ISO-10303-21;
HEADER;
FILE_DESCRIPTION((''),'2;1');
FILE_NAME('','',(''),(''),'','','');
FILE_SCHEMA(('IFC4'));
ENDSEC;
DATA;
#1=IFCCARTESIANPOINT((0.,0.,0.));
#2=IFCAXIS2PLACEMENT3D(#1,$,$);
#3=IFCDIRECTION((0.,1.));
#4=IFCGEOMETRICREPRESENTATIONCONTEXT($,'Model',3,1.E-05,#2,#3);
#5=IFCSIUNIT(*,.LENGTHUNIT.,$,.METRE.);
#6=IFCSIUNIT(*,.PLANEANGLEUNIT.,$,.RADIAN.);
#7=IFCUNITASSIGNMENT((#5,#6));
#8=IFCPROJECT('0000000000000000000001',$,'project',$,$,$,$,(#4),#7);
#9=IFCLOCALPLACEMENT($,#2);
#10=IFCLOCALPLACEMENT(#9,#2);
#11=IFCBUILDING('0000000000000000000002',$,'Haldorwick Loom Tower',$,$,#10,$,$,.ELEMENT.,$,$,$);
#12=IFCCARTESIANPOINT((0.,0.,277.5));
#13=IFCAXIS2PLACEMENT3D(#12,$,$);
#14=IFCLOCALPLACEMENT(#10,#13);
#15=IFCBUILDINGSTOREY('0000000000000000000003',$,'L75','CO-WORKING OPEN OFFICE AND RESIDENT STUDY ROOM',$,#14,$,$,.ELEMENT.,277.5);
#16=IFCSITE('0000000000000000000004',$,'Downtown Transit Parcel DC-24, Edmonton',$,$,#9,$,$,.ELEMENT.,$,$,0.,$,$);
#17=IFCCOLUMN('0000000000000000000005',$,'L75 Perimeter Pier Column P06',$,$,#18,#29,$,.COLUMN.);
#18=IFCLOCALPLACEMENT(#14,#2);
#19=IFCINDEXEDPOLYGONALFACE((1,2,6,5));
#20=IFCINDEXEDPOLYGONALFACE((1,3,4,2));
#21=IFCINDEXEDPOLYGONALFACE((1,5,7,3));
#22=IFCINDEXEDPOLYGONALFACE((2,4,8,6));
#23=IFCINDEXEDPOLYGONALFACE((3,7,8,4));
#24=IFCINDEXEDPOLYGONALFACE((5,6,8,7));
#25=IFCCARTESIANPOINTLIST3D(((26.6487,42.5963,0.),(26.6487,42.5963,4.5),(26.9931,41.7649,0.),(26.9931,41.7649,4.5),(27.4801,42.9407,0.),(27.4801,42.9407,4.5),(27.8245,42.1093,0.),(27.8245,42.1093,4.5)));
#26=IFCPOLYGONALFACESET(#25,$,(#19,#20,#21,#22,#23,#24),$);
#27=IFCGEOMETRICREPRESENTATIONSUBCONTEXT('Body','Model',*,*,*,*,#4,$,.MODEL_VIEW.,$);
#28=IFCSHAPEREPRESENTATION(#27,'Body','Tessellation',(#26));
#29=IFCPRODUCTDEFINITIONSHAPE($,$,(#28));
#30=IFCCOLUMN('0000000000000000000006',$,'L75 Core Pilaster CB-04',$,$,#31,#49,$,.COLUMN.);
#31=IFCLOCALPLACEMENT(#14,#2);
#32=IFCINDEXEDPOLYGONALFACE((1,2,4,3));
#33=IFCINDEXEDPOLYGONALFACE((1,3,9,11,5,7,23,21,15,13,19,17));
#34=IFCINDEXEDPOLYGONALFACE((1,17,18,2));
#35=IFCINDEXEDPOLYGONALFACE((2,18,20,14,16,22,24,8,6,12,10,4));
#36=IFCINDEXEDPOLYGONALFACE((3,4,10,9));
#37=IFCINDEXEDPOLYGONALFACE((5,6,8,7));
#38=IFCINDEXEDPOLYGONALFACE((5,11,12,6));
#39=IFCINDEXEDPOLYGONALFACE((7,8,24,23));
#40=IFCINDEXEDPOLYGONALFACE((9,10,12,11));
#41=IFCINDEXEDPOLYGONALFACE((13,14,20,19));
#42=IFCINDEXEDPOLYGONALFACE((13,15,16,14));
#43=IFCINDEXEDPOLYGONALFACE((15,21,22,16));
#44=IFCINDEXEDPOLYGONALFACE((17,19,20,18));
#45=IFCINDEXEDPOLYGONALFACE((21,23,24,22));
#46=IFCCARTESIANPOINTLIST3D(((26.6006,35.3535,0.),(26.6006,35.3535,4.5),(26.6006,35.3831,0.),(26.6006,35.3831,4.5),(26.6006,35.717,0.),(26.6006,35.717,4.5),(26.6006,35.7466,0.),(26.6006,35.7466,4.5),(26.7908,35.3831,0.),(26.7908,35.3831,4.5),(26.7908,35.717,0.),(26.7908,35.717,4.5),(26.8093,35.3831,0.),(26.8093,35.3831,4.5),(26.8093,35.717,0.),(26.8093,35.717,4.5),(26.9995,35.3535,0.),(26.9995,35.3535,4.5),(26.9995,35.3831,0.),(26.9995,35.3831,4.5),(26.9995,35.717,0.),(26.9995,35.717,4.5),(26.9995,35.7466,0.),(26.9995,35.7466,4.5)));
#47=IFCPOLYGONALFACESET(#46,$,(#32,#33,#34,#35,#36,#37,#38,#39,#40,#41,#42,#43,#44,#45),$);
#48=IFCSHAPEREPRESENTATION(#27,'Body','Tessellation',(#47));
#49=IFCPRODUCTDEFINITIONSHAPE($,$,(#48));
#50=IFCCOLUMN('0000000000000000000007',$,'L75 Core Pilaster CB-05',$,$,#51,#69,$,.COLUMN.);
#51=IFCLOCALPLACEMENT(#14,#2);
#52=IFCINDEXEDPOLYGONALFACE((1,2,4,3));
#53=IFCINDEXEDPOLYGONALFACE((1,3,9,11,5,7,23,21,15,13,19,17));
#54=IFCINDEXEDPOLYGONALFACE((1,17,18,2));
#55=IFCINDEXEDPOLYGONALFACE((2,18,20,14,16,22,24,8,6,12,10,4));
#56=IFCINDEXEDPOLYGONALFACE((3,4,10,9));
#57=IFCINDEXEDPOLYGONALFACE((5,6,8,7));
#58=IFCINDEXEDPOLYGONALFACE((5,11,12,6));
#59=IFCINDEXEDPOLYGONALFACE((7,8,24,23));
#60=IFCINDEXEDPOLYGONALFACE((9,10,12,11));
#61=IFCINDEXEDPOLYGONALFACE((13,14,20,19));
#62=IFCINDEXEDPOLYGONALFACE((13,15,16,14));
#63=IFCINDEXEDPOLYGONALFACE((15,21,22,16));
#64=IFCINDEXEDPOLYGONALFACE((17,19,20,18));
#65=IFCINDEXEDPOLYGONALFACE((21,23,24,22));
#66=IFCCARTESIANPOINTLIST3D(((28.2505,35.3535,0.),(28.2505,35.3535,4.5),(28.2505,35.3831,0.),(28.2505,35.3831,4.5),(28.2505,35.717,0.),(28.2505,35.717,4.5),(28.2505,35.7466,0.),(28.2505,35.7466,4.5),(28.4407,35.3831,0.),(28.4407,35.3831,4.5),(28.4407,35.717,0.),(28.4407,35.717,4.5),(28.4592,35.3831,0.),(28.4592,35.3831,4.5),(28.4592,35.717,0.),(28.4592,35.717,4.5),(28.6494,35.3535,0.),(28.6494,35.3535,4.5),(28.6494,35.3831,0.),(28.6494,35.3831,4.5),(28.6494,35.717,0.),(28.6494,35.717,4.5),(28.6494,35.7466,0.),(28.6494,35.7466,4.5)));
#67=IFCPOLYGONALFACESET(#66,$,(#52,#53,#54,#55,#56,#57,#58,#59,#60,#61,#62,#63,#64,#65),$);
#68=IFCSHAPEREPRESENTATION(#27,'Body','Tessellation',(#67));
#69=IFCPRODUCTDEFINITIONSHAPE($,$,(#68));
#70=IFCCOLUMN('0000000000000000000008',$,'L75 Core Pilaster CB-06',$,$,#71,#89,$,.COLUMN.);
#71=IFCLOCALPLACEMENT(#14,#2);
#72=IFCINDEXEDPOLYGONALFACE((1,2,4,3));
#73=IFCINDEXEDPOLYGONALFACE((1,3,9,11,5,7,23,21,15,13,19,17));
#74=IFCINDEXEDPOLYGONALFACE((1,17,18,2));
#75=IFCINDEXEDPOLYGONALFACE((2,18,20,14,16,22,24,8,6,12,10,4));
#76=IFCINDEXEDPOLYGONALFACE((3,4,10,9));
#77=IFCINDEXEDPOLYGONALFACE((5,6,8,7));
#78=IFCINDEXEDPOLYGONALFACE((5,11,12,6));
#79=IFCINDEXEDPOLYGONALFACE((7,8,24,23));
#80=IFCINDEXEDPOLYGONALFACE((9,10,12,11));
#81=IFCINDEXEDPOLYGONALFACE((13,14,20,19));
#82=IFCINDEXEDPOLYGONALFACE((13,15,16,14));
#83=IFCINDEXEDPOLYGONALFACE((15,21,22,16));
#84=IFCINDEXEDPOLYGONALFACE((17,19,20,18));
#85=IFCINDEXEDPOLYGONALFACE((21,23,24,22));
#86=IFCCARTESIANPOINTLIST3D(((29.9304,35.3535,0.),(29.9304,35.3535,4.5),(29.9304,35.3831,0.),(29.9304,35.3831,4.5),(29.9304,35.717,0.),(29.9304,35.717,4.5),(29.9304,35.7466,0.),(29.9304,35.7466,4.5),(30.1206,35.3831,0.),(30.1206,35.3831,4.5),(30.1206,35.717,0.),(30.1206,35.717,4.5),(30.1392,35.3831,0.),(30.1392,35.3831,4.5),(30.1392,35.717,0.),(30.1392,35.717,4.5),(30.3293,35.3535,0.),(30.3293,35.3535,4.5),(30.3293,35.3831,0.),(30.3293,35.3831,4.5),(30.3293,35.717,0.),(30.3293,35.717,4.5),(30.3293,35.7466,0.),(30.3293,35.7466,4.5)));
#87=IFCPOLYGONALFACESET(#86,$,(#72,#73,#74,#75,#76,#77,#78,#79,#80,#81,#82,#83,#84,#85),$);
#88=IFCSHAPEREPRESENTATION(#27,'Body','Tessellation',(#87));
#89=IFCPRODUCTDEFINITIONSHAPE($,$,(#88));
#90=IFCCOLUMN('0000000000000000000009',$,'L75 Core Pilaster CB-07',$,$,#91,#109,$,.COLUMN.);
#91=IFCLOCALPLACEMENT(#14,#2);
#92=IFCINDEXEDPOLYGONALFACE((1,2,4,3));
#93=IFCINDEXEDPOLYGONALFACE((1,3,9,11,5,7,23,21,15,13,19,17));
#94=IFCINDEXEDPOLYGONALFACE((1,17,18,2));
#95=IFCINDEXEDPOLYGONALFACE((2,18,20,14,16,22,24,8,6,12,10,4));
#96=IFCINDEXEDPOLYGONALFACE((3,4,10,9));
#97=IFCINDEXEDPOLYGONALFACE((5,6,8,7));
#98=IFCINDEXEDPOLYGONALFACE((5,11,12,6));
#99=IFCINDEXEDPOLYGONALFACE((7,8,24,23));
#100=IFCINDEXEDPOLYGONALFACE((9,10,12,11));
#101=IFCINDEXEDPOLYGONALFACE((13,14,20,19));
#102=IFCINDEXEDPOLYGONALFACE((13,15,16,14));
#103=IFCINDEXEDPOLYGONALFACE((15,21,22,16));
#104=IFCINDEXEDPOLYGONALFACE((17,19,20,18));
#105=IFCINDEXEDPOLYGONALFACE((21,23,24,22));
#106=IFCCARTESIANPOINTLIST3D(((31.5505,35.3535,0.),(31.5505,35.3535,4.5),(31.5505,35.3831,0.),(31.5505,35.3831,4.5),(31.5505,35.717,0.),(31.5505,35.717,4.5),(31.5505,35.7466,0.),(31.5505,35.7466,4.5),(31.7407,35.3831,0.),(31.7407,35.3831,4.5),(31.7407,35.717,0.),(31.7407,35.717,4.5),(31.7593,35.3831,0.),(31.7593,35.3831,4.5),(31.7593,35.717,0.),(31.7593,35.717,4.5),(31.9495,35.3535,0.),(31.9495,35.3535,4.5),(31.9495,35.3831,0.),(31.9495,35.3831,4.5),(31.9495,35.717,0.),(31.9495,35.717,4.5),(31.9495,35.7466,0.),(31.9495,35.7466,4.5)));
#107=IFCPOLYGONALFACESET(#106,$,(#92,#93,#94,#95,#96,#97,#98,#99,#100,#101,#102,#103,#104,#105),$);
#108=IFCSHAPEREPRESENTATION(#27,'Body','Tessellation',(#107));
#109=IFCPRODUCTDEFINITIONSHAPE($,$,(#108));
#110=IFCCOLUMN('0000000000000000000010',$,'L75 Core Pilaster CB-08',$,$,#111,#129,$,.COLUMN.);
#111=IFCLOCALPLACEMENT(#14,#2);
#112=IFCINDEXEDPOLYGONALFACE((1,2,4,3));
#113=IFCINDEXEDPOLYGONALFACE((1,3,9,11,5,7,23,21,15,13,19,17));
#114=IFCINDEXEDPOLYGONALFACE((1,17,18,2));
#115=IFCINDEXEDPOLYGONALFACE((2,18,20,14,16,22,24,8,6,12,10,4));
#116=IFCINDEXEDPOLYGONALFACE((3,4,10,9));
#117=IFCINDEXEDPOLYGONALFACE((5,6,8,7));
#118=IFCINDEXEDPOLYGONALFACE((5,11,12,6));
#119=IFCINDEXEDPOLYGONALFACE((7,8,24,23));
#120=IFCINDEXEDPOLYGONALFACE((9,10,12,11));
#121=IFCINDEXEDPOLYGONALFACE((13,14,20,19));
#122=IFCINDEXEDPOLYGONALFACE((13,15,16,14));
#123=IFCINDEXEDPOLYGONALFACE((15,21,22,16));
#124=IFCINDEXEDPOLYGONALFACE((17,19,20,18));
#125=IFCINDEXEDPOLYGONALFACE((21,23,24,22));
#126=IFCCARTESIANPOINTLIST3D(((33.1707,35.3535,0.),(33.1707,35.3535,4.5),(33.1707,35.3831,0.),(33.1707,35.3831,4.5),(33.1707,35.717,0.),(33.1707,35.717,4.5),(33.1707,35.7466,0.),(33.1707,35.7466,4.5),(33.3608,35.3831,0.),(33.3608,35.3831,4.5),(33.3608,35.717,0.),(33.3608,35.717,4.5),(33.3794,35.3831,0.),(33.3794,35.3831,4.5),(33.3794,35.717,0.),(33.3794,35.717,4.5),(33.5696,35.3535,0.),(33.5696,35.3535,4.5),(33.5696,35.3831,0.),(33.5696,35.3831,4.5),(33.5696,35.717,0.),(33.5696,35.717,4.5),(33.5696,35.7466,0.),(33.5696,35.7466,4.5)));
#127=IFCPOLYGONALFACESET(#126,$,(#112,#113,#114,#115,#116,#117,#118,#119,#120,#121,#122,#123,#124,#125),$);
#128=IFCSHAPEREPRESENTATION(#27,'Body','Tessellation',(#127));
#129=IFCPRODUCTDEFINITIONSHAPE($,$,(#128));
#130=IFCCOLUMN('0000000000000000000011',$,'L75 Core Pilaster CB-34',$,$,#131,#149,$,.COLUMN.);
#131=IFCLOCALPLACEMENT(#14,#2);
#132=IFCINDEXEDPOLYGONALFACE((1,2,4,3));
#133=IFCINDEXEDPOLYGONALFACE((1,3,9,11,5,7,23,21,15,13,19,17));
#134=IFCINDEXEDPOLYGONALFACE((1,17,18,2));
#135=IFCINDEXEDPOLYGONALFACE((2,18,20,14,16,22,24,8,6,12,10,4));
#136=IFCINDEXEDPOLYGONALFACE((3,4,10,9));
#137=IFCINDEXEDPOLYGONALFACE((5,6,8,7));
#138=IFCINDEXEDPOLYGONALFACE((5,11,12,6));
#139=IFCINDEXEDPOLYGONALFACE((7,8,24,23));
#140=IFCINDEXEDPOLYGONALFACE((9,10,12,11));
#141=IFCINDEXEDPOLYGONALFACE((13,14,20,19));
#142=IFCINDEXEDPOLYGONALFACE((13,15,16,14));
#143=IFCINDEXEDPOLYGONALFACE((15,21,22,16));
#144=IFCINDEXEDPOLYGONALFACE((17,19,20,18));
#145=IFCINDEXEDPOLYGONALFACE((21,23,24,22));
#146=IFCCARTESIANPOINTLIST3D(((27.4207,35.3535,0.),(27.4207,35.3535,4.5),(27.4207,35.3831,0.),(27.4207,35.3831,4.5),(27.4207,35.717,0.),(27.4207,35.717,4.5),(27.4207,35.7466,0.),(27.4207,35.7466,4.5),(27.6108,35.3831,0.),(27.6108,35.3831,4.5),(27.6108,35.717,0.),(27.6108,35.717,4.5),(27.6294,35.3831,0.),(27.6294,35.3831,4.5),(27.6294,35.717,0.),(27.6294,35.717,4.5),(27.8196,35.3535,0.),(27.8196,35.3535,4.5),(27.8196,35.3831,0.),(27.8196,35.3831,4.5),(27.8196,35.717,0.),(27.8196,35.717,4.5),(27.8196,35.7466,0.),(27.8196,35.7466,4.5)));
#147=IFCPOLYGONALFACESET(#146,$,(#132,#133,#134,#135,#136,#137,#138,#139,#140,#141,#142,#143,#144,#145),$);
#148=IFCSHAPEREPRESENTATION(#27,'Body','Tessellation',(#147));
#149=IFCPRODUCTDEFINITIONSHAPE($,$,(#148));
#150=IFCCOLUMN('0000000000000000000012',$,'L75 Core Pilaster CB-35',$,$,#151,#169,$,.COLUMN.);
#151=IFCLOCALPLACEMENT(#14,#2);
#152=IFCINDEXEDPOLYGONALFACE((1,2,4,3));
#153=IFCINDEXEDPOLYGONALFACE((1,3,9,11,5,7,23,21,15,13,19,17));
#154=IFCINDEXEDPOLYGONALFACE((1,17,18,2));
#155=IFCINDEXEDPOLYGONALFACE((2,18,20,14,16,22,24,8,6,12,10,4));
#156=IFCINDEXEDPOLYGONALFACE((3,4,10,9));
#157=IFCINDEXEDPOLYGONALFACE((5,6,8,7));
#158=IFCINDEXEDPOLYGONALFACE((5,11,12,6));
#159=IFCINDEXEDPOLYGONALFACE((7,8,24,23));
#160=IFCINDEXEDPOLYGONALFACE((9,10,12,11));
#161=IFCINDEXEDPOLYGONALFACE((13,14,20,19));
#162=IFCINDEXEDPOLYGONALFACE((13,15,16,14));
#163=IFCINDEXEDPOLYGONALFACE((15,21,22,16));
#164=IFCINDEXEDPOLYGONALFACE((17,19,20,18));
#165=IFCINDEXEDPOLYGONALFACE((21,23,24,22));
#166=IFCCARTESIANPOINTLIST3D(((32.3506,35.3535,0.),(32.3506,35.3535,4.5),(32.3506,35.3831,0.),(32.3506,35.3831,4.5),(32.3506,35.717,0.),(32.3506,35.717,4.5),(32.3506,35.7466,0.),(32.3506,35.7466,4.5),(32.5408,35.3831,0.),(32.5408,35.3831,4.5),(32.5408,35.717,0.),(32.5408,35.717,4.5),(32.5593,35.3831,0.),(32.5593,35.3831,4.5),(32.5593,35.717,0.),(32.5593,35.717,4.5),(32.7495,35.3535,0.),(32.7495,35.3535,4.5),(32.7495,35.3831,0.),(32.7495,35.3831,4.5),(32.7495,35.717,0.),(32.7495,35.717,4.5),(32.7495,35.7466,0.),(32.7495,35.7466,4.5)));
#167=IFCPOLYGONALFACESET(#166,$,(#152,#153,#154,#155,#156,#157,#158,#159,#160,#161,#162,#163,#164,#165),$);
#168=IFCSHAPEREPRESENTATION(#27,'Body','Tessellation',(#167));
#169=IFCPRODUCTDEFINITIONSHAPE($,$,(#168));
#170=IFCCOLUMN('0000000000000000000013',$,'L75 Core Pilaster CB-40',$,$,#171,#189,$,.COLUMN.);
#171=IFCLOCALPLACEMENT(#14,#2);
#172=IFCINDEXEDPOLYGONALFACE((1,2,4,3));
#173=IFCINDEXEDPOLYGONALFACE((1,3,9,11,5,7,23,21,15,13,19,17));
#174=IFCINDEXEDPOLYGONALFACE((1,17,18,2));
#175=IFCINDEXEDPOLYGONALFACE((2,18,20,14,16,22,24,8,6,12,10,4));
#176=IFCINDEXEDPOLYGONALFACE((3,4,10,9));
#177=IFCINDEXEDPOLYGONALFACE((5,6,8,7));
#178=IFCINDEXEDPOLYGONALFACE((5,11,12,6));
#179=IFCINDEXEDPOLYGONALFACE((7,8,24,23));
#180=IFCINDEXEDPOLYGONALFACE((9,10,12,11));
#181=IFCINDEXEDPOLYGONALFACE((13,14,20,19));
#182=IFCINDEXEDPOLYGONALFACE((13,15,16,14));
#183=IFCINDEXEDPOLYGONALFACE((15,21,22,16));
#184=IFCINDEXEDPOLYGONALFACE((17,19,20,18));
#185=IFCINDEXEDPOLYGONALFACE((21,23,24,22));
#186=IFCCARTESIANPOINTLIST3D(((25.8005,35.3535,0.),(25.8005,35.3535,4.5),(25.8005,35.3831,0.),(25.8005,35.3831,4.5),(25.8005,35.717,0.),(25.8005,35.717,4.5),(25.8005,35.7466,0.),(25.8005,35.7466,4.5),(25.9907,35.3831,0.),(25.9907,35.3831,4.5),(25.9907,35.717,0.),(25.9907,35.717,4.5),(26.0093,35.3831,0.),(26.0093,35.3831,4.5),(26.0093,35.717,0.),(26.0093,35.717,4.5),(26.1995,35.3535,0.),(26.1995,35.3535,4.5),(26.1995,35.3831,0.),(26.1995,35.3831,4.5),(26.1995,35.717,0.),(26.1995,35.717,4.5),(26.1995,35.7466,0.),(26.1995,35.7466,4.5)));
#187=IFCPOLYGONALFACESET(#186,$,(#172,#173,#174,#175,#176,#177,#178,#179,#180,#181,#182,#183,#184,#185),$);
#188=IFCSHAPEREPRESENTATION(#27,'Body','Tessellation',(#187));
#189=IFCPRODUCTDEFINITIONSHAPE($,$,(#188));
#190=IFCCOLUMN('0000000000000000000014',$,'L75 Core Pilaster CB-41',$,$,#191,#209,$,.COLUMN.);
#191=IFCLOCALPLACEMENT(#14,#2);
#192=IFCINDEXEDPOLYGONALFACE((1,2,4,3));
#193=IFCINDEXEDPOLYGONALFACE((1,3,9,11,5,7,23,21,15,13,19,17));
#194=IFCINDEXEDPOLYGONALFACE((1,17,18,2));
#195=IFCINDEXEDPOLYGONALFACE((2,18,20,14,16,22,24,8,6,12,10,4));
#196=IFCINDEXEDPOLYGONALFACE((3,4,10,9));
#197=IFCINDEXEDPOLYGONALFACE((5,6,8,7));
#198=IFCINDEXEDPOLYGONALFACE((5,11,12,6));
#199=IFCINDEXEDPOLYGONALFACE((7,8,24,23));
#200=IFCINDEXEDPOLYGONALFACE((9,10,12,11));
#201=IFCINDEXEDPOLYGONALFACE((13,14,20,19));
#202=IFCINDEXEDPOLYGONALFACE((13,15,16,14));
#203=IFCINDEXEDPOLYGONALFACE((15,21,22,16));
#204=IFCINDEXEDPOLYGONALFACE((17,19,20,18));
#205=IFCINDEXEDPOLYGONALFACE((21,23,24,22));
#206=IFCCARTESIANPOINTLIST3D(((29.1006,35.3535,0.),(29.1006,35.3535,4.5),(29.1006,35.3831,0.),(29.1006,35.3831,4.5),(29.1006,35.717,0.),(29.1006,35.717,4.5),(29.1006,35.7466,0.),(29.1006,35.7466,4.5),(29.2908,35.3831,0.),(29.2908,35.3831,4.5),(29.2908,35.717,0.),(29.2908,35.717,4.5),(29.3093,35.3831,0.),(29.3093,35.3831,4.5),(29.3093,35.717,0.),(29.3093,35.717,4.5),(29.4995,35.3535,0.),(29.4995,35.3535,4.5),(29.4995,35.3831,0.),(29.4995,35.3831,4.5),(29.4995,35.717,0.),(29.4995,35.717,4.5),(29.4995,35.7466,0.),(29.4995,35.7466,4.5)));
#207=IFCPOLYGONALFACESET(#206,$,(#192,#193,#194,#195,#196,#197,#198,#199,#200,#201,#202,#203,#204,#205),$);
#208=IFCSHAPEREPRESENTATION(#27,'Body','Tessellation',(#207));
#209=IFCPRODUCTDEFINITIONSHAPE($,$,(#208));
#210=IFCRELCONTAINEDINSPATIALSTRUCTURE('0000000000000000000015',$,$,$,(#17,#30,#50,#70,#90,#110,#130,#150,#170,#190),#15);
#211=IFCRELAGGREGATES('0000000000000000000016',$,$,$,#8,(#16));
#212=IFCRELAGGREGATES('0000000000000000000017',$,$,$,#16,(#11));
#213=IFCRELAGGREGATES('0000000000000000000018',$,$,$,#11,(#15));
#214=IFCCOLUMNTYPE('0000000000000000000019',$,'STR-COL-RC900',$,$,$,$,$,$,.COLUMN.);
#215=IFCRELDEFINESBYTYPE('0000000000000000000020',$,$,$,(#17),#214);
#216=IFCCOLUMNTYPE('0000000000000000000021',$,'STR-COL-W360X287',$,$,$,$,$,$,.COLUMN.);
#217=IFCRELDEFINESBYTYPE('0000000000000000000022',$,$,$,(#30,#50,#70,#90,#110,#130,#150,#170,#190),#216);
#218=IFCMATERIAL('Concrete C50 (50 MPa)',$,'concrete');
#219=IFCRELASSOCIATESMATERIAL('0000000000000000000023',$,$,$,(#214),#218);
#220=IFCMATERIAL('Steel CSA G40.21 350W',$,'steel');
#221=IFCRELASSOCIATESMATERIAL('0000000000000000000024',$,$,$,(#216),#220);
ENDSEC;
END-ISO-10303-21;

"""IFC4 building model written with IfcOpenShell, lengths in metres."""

from ifc_helpers import new_model, si_unit, direction, frame, origin, origin_2d, place, context, subcontext, project, spatial, rectangle, i_section, extrude, material, material_profile, profile_set, type_object, element, save


model = new_model("IFC4")

# Units and contexts
model_context = context("Model", 3, precision=1e-05, world=origin(), true_north=direction((0.0, 1.0)))
body_context = subcontext(model_context, "Body", "Model", "MODEL_VIEW")
ifc_project = project(units=[si_unit("LENGTHUNIT", "METRE"), si_unit("PLANEANGLEUNIT", "RADIAN")], contexts=[model_context])

# Site, building, storey
site_placement = place(None, origin())
site = spatial("IfcSite", under=ifc_project, at=site_placement, Name="Downtown Transit Parcel DC-24, Edmonton", CompositionType="ELEMENT", RefElevation=0.0)
building_placement = place(site_placement, origin())
building = spatial("IfcBuilding", under=site, at=building_placement, Name="Haldorwick Loom Tower", CompositionType="ELEMENT")
storey_placement = place(building_placement, frame((0.0, 0.0, 277.5)))
storey = spatial("IfcBuildingStorey", under=building, at=storey_placement, Name="L75", Description="CO-WORKING OPEN OFFICE AND RESIDENT STUDY ROOM", CompositionType="ELEMENT", Elevation=277.5)

# Columns
ifc_material_1 = material(Name="Concrete C50 (50 MPa)", Category="concrete")
ifc_material_profile_1 = material_profile(ifc_material_1, rectangle(XDim=0.8999, YDim=0.8999, at=origin_2d()), Name="RC900X900", Category="concrete")
ifc_profile_set_1 = profile_set([ifc_material_profile_1], Name="Concrete C50 (50 MPa)")
column_type_1 = type_object("IfcColumnType", Name="STR-COL-RC900", PredefinedType="COLUMN", material=ifc_profile_set_1)
column_placement = place(storey_placement, frame((27.2366, 42.3528, 0.0), z_axis=(0.0, 0.0, 1.0), x_axis=(-0.382683, 0.92388, 0.0)))
element("IfcColumn", 1, at=column_placement, inside=storey, type_object=column_type_1, Name="L75 Perimeter Pier Column P06", PredefinedType="COLUMN", context=body_context, shape_type="SweptSolid", body=[
    extrude(rectangle(XDim=0.8999, YDim=0.8999, at=origin_2d()), origin(), (0.0, 0.0, 1.0), 4.5),
])
ifc_material_2 = material(Name="Steel CSA G40.21 350W", Category="steel")
ifc_material_profile_2 = material_profile(ifc_material_2, i_section(OverallWidth=0.3989, OverallDepth=0.3931, WebThickness=0.0186, FlangeThickness=0.0295, at=origin_2d()), Name="W360X287", Category="steel")
ifc_profile_set_2 = profile_set([ifc_material_profile_2], Name="Steel CSA G40.21 350W")
column_type_2 = type_object("IfcColumnType", Name="STR-COL-W360X287", PredefinedType="COLUMN", material=ifc_profile_set_2)
for number, where, z_axis, x_axis, name in (
    (2, (26.8, 35.55, 0.0), (0.0, 0.0, 1.0), (1.0, 0.0, 0.0), "L75 Core Pilaster CB-04"),
    (3, (28.45, 35.55, 0.0), (0.0, 0.0, 1.0), (1.0, 0.0, 0.0), "L75 Core Pilaster CB-05"),
    (4, (30.1299, 35.55, 0.0), (0.0, 0.0, 1.0), (1.0, 0.0, 0.0), "L75 Core Pilaster CB-06"),
    (5, (31.75, 35.55, 0.0), (0.0, 0.0, 1.0), (1.0, 0.0, 0.0), "L75 Core Pilaster CB-07"),
    (6, (33.3701, 35.55, 0.0), (0.0, 0.0, 1.0), (1.0, 0.0, 0.0), "L75 Core Pilaster CB-08"),
    (7, (27.6201, 35.55, 0.0), (0.0, 0.0, 1.0), (1.0, 0.0, 0.0), "L75 Core Pilaster CB-34"),
    (8, (32.55, 35.55, 0.0), (0.0, 0.0, 1.0), (1.0, 0.0, 0.0), "L75 Core Pilaster CB-35"),
    (9, (26.0, 35.55, 0.0), (0.0, 0.0, 1.0), (1.0, 0.0, 0.0), "L75 Core Pilaster CB-40"),
    (10, (29.3, 35.55, 0.0), (0.0, 0.0, 1.0), (1.0, 0.0, 0.0), "L75 Core Pilaster CB-41"),
):
    element("IfcColumn", number, at=place(storey_placement, frame(where, z_axis=z_axis, x_axis=x_axis)), inside=storey, type_object=column_type_2, Name=name, PredefinedType="COLUMN", context=body_context, shape_type="SweptSolid", body=[
        extrude(i_section(OverallWidth=0.3989, OverallDepth=0.3931, WebThickness=0.0186, FlangeThickness=0.0295, at=origin_2d()), origin(), (0.0, 0.0, 1.0), 4.5),
    ])

save(model, "model.ifc")
